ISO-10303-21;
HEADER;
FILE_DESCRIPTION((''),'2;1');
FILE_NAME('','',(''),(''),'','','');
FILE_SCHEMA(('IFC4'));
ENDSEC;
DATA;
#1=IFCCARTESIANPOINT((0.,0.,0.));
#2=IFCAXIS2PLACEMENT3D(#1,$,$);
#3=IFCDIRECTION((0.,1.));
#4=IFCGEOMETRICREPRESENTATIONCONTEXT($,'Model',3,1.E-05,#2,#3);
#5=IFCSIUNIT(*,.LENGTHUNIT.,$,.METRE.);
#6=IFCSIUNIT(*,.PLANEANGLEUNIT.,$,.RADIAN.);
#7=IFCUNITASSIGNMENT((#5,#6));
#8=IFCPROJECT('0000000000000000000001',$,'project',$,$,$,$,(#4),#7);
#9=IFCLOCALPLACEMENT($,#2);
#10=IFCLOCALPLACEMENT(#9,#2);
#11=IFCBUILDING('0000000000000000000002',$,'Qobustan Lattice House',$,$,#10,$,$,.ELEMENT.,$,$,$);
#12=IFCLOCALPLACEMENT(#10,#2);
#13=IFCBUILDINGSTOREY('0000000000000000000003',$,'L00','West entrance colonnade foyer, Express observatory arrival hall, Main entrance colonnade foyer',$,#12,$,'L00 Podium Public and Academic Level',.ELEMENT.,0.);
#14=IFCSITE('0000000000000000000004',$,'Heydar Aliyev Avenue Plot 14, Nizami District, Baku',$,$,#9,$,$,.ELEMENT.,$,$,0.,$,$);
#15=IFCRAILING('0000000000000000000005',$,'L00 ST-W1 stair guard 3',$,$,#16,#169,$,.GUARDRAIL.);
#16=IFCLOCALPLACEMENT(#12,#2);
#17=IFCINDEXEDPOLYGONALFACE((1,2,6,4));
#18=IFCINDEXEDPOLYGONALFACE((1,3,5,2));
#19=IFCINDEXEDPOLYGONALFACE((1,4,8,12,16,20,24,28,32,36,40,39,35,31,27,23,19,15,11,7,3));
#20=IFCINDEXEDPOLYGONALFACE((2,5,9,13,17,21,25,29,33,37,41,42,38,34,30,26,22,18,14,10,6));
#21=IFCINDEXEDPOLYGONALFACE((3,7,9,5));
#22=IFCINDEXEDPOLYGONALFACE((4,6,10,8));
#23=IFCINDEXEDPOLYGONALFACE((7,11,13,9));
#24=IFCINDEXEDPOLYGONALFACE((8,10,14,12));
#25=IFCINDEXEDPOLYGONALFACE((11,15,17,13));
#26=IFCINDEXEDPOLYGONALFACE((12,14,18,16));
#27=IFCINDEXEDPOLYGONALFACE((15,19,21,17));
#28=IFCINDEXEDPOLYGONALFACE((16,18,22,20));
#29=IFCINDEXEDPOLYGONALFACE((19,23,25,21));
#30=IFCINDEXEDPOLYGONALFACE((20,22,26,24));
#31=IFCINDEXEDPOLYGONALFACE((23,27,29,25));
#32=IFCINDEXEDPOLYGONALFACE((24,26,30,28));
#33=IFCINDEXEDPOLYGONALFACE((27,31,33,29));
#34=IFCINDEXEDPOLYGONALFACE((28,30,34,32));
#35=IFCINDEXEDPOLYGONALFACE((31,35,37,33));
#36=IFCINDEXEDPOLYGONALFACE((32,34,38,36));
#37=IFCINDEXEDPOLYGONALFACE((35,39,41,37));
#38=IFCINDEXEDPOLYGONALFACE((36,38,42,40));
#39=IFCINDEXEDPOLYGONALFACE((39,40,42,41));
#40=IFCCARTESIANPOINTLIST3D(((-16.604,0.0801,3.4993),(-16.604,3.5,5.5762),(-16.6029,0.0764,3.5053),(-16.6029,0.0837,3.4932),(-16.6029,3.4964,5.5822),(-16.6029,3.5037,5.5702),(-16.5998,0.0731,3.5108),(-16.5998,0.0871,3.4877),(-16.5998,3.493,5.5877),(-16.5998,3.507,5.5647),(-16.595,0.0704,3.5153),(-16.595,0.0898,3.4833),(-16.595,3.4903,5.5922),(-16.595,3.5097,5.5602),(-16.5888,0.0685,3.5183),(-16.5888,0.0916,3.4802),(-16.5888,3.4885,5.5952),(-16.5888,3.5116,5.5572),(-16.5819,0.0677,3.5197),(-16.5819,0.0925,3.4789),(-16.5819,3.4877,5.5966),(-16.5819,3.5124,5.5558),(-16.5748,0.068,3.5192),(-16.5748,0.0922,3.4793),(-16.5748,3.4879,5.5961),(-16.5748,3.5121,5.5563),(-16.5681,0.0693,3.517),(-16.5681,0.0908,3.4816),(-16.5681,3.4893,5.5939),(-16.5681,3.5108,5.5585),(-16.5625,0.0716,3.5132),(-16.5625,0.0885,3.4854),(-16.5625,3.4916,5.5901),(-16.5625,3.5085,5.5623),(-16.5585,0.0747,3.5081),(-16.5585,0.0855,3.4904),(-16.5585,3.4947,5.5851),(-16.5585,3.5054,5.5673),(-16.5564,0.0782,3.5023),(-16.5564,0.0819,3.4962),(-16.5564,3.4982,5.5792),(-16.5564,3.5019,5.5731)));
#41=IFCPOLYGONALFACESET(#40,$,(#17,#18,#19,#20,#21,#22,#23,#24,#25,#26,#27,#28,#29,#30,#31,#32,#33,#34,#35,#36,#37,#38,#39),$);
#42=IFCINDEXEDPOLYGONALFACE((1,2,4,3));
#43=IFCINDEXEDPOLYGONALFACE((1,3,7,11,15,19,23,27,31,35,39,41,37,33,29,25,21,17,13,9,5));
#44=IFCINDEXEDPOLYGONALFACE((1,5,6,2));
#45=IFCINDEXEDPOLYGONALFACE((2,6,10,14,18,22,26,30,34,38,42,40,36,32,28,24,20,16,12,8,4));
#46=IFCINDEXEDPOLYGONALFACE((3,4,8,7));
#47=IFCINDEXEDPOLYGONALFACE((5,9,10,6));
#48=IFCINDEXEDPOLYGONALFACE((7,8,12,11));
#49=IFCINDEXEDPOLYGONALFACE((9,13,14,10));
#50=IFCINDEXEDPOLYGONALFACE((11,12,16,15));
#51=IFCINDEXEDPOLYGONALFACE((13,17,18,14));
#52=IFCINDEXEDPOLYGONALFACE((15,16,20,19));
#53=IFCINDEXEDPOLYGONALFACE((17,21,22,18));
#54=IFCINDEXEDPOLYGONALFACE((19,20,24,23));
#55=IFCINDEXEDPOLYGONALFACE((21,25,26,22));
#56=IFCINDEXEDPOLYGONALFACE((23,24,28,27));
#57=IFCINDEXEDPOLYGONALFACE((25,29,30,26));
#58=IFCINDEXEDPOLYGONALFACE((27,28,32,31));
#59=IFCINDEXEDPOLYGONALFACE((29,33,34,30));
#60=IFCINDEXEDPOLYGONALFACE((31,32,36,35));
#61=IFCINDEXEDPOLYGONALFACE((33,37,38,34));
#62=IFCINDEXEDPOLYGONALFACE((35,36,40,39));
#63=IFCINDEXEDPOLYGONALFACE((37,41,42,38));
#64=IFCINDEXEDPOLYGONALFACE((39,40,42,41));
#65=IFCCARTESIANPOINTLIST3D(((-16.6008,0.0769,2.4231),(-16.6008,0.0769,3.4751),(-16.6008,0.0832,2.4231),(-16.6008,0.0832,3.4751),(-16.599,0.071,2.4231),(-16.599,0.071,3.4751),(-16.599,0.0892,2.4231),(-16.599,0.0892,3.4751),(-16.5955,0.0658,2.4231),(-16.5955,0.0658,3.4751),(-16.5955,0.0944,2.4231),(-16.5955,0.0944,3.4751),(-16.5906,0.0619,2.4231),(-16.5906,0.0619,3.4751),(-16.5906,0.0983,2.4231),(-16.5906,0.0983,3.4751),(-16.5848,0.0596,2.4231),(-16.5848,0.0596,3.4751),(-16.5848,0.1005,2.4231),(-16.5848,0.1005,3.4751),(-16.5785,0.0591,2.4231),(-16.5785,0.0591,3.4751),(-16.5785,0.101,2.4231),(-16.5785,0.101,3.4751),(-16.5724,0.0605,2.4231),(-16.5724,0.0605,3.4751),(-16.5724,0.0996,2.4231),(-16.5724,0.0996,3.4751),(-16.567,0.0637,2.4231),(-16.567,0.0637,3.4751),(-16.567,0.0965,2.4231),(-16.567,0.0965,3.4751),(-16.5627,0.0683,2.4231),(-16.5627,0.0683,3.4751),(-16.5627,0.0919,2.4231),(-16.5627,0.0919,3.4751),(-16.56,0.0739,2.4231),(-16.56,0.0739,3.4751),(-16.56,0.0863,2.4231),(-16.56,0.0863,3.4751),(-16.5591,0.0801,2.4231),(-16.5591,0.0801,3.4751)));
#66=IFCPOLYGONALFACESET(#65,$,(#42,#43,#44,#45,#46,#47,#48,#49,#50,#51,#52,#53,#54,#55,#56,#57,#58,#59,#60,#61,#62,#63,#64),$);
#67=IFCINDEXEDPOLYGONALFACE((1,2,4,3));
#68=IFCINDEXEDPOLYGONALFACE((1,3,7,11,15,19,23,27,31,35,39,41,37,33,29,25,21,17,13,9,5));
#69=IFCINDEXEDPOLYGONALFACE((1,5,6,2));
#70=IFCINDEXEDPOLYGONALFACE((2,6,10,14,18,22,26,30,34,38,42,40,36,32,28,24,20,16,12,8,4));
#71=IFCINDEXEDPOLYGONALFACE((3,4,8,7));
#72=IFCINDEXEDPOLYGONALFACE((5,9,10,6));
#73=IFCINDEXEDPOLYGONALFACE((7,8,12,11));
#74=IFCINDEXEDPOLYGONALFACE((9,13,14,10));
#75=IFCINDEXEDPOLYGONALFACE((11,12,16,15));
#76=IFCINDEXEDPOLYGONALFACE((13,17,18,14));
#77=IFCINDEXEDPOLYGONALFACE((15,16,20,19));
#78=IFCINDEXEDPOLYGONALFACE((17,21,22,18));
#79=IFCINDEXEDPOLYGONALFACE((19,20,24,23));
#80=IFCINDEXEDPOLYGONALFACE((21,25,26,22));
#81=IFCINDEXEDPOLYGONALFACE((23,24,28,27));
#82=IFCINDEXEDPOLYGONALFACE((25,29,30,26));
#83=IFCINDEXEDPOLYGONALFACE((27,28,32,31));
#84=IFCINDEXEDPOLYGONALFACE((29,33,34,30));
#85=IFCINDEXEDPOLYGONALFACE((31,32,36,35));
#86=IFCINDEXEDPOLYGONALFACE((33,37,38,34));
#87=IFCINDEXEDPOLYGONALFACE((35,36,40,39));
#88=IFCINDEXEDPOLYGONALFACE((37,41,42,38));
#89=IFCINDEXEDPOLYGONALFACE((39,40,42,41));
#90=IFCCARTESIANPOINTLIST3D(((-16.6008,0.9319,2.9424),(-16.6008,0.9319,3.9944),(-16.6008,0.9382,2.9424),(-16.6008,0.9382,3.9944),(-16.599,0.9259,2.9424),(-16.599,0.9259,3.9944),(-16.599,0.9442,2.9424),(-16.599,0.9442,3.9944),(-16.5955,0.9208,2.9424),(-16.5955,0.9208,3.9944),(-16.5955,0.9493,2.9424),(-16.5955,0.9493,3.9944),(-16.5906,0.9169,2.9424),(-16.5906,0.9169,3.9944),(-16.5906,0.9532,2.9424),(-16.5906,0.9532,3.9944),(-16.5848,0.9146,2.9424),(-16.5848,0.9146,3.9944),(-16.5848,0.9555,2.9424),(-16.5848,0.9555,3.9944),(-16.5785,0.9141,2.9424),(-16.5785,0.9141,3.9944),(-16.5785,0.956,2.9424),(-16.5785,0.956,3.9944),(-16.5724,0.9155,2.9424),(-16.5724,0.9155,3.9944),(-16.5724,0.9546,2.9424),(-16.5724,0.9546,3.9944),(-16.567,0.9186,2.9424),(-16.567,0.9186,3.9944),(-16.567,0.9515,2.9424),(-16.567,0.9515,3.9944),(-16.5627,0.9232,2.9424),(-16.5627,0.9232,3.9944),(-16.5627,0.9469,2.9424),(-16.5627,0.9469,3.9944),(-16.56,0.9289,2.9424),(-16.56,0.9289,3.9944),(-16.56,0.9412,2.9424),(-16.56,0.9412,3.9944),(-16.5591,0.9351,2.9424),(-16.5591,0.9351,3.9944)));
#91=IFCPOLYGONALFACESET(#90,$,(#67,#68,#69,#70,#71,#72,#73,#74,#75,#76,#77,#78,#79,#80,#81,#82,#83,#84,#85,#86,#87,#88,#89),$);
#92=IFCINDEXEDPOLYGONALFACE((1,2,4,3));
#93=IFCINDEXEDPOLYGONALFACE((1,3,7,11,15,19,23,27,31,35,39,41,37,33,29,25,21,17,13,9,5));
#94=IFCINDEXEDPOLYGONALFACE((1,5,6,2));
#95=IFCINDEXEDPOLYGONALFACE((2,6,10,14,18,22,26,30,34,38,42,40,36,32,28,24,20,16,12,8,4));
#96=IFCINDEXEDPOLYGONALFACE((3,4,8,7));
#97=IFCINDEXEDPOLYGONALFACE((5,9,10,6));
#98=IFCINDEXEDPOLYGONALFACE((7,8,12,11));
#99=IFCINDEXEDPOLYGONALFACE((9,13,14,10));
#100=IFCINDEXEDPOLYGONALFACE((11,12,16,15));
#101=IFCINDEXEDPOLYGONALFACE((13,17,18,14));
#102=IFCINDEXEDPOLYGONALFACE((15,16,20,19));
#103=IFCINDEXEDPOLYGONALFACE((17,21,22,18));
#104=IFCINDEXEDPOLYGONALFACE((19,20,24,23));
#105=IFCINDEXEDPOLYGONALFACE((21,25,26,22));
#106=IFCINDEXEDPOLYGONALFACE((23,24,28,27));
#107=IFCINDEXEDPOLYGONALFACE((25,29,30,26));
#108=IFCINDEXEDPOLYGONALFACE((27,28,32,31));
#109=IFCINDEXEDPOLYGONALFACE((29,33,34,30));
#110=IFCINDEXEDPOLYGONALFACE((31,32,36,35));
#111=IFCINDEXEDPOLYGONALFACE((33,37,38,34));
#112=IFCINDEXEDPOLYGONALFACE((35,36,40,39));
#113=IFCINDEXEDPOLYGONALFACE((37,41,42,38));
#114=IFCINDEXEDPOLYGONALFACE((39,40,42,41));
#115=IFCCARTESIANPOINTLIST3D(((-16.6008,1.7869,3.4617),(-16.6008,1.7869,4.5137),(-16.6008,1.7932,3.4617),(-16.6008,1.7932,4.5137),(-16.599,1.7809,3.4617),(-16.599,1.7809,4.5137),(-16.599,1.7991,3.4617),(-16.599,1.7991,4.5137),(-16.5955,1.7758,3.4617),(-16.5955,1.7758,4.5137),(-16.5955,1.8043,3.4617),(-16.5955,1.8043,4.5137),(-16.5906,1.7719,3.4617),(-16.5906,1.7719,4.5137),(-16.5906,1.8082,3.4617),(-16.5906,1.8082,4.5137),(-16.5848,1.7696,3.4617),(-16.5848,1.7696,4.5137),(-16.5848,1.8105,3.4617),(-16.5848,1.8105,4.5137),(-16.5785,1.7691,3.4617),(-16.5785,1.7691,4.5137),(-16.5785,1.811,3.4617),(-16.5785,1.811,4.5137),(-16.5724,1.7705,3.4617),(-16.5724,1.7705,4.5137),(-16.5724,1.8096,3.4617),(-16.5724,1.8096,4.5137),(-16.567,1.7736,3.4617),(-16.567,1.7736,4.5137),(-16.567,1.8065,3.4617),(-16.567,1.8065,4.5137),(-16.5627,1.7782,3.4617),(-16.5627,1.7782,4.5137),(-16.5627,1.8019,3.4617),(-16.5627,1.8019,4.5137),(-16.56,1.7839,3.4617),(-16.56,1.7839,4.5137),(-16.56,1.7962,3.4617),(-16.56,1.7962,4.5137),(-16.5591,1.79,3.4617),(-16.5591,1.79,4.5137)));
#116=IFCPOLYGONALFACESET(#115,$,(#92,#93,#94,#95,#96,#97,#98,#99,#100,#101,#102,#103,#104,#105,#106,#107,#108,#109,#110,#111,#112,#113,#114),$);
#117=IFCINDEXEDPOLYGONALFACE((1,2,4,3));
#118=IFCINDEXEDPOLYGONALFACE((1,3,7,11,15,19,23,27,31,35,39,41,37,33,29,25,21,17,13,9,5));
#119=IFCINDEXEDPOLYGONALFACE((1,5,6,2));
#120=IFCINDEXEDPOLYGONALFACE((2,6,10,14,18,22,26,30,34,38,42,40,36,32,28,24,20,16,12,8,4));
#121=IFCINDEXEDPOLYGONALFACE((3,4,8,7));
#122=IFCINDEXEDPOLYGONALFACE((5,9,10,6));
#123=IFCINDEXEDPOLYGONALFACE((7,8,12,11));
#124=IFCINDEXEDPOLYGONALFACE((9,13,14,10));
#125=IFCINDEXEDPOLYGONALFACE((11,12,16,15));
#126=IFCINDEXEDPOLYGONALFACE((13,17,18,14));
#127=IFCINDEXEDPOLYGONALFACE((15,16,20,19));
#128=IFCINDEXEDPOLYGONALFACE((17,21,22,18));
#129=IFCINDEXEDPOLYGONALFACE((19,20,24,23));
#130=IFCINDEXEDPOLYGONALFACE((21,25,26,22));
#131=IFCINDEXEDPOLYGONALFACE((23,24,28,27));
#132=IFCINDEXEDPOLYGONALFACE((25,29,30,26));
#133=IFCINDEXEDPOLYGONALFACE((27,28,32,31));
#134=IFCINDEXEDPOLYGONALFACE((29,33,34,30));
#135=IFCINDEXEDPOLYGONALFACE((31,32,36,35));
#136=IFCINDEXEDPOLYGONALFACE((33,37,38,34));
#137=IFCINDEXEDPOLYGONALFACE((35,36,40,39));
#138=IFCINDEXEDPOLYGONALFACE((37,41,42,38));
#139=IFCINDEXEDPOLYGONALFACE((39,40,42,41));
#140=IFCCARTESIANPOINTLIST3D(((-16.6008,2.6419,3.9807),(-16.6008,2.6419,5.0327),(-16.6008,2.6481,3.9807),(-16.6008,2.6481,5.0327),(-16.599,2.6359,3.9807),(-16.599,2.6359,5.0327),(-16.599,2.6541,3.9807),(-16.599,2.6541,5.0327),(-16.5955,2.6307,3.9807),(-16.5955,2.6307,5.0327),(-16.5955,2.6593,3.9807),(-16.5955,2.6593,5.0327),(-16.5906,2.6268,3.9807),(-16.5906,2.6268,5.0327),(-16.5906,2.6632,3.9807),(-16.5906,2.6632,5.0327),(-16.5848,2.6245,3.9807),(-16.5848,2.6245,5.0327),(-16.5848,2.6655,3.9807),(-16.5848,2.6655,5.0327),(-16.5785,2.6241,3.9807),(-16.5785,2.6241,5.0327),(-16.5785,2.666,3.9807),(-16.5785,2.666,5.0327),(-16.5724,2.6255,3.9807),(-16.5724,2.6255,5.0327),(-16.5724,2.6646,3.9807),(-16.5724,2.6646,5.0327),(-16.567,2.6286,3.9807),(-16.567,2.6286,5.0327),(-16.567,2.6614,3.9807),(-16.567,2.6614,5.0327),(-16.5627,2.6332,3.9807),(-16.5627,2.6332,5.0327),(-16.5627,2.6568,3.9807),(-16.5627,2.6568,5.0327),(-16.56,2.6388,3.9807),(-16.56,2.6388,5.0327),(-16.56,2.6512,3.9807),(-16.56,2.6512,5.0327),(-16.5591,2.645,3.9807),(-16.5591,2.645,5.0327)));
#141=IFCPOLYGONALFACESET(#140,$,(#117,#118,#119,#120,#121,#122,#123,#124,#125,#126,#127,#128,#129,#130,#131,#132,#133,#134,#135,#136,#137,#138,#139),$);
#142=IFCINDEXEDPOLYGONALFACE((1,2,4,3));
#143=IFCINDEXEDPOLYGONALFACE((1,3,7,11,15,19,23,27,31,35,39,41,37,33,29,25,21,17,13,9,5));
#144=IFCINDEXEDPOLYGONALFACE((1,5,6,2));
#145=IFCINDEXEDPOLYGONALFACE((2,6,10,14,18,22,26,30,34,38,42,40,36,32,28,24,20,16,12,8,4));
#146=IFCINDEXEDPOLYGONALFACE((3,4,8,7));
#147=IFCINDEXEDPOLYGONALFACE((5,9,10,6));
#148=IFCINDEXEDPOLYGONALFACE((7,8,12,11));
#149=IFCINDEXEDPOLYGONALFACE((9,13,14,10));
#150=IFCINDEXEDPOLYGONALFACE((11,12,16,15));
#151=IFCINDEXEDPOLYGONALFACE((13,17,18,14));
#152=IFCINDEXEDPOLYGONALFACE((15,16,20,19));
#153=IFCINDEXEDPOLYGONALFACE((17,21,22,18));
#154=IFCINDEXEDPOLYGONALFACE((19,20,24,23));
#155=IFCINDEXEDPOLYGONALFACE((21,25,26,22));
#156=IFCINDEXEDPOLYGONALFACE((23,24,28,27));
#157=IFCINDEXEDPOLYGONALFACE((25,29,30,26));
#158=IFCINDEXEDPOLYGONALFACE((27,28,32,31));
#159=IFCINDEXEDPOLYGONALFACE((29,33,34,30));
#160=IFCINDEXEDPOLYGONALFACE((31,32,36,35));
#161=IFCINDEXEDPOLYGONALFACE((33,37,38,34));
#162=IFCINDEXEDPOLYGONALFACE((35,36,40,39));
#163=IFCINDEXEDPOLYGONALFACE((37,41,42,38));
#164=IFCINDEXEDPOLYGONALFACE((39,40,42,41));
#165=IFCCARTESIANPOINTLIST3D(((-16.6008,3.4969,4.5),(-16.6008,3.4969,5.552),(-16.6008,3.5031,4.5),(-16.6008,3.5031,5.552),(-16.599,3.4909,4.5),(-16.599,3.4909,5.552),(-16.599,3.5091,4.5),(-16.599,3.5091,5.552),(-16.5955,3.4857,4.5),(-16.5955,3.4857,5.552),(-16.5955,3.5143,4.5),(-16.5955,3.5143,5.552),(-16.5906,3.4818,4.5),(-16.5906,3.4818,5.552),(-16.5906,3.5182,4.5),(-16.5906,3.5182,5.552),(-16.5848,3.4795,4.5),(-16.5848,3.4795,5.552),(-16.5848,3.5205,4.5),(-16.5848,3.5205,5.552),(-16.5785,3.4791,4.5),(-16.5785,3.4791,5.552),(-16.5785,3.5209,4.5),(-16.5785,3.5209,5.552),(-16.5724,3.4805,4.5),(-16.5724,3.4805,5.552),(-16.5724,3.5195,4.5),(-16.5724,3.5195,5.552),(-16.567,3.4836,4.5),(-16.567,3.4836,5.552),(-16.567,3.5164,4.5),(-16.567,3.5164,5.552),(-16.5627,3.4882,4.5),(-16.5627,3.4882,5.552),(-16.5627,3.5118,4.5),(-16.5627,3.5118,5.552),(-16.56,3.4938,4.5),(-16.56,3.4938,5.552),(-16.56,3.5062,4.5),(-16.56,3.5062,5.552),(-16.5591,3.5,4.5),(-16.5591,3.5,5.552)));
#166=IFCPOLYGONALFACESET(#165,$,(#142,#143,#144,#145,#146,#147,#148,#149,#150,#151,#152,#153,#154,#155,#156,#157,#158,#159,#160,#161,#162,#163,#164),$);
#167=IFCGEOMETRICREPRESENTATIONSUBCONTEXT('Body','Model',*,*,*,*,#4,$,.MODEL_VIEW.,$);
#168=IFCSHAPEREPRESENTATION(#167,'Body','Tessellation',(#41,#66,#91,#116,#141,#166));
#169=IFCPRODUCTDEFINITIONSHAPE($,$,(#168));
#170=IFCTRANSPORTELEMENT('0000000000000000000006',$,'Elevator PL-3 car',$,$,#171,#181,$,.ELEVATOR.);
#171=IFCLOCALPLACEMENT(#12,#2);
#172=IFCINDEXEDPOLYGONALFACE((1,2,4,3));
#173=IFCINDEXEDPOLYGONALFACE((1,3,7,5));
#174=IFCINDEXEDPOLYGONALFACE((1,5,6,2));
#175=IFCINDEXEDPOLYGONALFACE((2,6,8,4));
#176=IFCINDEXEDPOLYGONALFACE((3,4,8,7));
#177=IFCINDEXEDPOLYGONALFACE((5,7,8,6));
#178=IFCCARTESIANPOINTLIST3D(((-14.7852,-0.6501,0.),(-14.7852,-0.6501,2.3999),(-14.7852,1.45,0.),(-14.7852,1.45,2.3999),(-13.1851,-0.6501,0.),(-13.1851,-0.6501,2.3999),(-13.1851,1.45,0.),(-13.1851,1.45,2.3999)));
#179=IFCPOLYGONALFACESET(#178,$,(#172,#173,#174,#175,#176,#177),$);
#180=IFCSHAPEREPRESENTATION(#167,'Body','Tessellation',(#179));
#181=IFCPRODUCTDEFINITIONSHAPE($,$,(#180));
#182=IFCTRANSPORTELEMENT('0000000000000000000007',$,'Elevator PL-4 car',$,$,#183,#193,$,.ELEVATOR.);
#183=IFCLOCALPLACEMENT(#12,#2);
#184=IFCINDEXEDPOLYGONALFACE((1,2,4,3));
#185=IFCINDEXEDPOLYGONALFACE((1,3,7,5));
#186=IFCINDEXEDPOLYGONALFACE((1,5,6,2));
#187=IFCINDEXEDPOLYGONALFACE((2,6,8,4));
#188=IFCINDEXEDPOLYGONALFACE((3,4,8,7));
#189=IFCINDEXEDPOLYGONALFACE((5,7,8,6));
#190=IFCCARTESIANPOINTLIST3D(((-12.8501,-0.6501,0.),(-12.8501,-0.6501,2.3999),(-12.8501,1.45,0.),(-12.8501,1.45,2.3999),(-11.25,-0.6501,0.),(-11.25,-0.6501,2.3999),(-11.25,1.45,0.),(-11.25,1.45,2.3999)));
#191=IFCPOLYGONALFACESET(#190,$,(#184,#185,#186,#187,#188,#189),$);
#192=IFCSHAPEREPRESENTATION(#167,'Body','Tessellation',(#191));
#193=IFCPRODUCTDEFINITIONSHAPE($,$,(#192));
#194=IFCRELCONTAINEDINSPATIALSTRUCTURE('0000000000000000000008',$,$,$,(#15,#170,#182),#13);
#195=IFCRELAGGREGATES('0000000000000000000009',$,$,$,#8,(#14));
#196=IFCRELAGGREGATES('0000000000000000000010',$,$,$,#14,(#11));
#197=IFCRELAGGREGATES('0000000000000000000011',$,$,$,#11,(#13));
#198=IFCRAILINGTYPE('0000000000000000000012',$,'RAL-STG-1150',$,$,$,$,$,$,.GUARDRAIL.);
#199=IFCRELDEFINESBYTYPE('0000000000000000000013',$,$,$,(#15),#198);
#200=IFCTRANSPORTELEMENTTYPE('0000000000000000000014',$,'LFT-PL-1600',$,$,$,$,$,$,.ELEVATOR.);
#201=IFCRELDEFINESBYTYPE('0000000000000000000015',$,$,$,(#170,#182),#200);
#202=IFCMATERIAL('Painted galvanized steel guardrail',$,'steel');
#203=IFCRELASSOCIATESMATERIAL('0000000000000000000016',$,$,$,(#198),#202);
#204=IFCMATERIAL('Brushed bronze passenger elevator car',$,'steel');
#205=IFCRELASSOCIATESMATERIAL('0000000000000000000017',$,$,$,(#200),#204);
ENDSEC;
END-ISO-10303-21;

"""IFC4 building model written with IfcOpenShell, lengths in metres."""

from ifc_helpers import new_model, si_unit, direction, frame, origin, origin_2d, place, context, subcontext, project, spatial, rectangle, circle, extrude, material, type_object, element, save


model = new_model("IFC4")

# Units and contexts
model_context = context("Model", 3, precision=1e-05, world=origin(), true_north=direction((0.0, 1.0)))
body_context = subcontext(model_context, "Body", "Model", "MODEL_VIEW")
ifc_project = project(units=[si_unit("LENGTHUNIT", "METRE"), si_unit("PLANEANGLEUNIT", "RADIAN")], contexts=[model_context])

# Site, building, storey
site_placement = place(None, origin())
site = spatial("IfcSite", under=ifc_project, at=site_placement, Name="Heydar Aliyev Avenue Plot 14, Nizami District, Baku", CompositionType="ELEMENT", RefElevation=0.0)
building_placement = place(site_placement, origin())
building = spatial("IfcBuilding", under=site, at=building_placement, Name="Qobustan Lattice House", CompositionType="ELEMENT")
storey_placement = place(building_placement, origin())
storey = spatial("IfcBuildingStorey", under=building, at=storey_placement, Name="L00", Description="West entrance colonnade foyer, Express observatory arrival hall, Main entrance colonnade foyer", LongName="L00 Podium Public and Academic Level", CompositionType="ELEMENT", Elevation=0.0)

# Railing
ifc_material_1 = material(Name="Painted galvanized steel guardrail", Category="steel")
railing_type_1 = type_object("IfcRailingType", Name="RAL-STG-1150", PredefinedType="GUARDRAIL", material=ifc_material_1)
railing_1_placement = place(storey_placement, frame((-16.5801, 0.0801, 2.4231)))
element("IfcRailing", 1, at=railing_1_placement, inside=storey, type_object=railing_type_1, Name="L00 ST-W1 stair guard 3", PredefinedType="GUARDRAIL", context=body_context, shape_type="SweptSolid", body=[
    extrude(circle(Radius=0.0239, at=origin_2d()), frame((0.0, 0.0, 1.0762), z_axis=(0.0, 0.85473, 0.519074), x_axis=(-1.0, 0.0, 0.0)), (0.0, 0.0, 1.0), 4.0012),
    extrude(circle(Radius=0.021, at=origin_2d()), origin(), (0.0, 0.0, 1.0), 1.052),
    extrude(circle(Radius=0.021, at=origin_2d()), frame((0.0, 0.855, 0.5193)), (0.0, 0.0, 1.0), 1.052),
    extrude(circle(Radius=0.021, at=origin_2d()), frame((0.0, 1.71, 1.0386)), (0.0, 0.0, 1.0), 1.052),
    extrude(circle(Radius=0.021, at=origin_2d()), frame((0.0, 2.5649, 1.5576)), (0.0, 0.0, 1.0), 1.052),
    extrude(circle(Radius=0.021, at=origin_2d()), frame((0.0, 3.4199, 2.0769)), (0.0, 0.0, 1.0), 1.052),
])

# Transport elements
ifc_material_2 = material(Name="Brushed bronze passenger elevator car", Category="steel")
transport_element_type = type_object("IfcTransportElementType", Name="LFT-PL-1600", PredefinedType="ELEVATOR", material=ifc_material_2)
for number, where, z_axis, x_axis, name in (
    (2, (-13.9851, 0.3999, 0.0), (0.0, 0.0, 1.0), (1.0, 0.0, 0.0), "Elevator PL-3 car"),
    (3, (-12.05, 0.3999, 0.0), (0.0, 0.0, 1.0), (1.0, 0.0, 0.0), "Elevator PL-4 car"),
):
    element("IfcTransportElement", number, at=place(storey_placement, frame(where, z_axis=z_axis, x_axis=x_axis)), inside=storey, type_object=transport_element_type, Name=name, PredefinedType="ELEVATOR", context=body_context, shape_type="SweptSolid", body=[
        extrude(rectangle(XDim=1.6001, YDim=2.1001, at=origin_2d()), origin(), (0.0, 0.0, 1.0), 2.3999),
    ])

save(model, "model.ifc")
